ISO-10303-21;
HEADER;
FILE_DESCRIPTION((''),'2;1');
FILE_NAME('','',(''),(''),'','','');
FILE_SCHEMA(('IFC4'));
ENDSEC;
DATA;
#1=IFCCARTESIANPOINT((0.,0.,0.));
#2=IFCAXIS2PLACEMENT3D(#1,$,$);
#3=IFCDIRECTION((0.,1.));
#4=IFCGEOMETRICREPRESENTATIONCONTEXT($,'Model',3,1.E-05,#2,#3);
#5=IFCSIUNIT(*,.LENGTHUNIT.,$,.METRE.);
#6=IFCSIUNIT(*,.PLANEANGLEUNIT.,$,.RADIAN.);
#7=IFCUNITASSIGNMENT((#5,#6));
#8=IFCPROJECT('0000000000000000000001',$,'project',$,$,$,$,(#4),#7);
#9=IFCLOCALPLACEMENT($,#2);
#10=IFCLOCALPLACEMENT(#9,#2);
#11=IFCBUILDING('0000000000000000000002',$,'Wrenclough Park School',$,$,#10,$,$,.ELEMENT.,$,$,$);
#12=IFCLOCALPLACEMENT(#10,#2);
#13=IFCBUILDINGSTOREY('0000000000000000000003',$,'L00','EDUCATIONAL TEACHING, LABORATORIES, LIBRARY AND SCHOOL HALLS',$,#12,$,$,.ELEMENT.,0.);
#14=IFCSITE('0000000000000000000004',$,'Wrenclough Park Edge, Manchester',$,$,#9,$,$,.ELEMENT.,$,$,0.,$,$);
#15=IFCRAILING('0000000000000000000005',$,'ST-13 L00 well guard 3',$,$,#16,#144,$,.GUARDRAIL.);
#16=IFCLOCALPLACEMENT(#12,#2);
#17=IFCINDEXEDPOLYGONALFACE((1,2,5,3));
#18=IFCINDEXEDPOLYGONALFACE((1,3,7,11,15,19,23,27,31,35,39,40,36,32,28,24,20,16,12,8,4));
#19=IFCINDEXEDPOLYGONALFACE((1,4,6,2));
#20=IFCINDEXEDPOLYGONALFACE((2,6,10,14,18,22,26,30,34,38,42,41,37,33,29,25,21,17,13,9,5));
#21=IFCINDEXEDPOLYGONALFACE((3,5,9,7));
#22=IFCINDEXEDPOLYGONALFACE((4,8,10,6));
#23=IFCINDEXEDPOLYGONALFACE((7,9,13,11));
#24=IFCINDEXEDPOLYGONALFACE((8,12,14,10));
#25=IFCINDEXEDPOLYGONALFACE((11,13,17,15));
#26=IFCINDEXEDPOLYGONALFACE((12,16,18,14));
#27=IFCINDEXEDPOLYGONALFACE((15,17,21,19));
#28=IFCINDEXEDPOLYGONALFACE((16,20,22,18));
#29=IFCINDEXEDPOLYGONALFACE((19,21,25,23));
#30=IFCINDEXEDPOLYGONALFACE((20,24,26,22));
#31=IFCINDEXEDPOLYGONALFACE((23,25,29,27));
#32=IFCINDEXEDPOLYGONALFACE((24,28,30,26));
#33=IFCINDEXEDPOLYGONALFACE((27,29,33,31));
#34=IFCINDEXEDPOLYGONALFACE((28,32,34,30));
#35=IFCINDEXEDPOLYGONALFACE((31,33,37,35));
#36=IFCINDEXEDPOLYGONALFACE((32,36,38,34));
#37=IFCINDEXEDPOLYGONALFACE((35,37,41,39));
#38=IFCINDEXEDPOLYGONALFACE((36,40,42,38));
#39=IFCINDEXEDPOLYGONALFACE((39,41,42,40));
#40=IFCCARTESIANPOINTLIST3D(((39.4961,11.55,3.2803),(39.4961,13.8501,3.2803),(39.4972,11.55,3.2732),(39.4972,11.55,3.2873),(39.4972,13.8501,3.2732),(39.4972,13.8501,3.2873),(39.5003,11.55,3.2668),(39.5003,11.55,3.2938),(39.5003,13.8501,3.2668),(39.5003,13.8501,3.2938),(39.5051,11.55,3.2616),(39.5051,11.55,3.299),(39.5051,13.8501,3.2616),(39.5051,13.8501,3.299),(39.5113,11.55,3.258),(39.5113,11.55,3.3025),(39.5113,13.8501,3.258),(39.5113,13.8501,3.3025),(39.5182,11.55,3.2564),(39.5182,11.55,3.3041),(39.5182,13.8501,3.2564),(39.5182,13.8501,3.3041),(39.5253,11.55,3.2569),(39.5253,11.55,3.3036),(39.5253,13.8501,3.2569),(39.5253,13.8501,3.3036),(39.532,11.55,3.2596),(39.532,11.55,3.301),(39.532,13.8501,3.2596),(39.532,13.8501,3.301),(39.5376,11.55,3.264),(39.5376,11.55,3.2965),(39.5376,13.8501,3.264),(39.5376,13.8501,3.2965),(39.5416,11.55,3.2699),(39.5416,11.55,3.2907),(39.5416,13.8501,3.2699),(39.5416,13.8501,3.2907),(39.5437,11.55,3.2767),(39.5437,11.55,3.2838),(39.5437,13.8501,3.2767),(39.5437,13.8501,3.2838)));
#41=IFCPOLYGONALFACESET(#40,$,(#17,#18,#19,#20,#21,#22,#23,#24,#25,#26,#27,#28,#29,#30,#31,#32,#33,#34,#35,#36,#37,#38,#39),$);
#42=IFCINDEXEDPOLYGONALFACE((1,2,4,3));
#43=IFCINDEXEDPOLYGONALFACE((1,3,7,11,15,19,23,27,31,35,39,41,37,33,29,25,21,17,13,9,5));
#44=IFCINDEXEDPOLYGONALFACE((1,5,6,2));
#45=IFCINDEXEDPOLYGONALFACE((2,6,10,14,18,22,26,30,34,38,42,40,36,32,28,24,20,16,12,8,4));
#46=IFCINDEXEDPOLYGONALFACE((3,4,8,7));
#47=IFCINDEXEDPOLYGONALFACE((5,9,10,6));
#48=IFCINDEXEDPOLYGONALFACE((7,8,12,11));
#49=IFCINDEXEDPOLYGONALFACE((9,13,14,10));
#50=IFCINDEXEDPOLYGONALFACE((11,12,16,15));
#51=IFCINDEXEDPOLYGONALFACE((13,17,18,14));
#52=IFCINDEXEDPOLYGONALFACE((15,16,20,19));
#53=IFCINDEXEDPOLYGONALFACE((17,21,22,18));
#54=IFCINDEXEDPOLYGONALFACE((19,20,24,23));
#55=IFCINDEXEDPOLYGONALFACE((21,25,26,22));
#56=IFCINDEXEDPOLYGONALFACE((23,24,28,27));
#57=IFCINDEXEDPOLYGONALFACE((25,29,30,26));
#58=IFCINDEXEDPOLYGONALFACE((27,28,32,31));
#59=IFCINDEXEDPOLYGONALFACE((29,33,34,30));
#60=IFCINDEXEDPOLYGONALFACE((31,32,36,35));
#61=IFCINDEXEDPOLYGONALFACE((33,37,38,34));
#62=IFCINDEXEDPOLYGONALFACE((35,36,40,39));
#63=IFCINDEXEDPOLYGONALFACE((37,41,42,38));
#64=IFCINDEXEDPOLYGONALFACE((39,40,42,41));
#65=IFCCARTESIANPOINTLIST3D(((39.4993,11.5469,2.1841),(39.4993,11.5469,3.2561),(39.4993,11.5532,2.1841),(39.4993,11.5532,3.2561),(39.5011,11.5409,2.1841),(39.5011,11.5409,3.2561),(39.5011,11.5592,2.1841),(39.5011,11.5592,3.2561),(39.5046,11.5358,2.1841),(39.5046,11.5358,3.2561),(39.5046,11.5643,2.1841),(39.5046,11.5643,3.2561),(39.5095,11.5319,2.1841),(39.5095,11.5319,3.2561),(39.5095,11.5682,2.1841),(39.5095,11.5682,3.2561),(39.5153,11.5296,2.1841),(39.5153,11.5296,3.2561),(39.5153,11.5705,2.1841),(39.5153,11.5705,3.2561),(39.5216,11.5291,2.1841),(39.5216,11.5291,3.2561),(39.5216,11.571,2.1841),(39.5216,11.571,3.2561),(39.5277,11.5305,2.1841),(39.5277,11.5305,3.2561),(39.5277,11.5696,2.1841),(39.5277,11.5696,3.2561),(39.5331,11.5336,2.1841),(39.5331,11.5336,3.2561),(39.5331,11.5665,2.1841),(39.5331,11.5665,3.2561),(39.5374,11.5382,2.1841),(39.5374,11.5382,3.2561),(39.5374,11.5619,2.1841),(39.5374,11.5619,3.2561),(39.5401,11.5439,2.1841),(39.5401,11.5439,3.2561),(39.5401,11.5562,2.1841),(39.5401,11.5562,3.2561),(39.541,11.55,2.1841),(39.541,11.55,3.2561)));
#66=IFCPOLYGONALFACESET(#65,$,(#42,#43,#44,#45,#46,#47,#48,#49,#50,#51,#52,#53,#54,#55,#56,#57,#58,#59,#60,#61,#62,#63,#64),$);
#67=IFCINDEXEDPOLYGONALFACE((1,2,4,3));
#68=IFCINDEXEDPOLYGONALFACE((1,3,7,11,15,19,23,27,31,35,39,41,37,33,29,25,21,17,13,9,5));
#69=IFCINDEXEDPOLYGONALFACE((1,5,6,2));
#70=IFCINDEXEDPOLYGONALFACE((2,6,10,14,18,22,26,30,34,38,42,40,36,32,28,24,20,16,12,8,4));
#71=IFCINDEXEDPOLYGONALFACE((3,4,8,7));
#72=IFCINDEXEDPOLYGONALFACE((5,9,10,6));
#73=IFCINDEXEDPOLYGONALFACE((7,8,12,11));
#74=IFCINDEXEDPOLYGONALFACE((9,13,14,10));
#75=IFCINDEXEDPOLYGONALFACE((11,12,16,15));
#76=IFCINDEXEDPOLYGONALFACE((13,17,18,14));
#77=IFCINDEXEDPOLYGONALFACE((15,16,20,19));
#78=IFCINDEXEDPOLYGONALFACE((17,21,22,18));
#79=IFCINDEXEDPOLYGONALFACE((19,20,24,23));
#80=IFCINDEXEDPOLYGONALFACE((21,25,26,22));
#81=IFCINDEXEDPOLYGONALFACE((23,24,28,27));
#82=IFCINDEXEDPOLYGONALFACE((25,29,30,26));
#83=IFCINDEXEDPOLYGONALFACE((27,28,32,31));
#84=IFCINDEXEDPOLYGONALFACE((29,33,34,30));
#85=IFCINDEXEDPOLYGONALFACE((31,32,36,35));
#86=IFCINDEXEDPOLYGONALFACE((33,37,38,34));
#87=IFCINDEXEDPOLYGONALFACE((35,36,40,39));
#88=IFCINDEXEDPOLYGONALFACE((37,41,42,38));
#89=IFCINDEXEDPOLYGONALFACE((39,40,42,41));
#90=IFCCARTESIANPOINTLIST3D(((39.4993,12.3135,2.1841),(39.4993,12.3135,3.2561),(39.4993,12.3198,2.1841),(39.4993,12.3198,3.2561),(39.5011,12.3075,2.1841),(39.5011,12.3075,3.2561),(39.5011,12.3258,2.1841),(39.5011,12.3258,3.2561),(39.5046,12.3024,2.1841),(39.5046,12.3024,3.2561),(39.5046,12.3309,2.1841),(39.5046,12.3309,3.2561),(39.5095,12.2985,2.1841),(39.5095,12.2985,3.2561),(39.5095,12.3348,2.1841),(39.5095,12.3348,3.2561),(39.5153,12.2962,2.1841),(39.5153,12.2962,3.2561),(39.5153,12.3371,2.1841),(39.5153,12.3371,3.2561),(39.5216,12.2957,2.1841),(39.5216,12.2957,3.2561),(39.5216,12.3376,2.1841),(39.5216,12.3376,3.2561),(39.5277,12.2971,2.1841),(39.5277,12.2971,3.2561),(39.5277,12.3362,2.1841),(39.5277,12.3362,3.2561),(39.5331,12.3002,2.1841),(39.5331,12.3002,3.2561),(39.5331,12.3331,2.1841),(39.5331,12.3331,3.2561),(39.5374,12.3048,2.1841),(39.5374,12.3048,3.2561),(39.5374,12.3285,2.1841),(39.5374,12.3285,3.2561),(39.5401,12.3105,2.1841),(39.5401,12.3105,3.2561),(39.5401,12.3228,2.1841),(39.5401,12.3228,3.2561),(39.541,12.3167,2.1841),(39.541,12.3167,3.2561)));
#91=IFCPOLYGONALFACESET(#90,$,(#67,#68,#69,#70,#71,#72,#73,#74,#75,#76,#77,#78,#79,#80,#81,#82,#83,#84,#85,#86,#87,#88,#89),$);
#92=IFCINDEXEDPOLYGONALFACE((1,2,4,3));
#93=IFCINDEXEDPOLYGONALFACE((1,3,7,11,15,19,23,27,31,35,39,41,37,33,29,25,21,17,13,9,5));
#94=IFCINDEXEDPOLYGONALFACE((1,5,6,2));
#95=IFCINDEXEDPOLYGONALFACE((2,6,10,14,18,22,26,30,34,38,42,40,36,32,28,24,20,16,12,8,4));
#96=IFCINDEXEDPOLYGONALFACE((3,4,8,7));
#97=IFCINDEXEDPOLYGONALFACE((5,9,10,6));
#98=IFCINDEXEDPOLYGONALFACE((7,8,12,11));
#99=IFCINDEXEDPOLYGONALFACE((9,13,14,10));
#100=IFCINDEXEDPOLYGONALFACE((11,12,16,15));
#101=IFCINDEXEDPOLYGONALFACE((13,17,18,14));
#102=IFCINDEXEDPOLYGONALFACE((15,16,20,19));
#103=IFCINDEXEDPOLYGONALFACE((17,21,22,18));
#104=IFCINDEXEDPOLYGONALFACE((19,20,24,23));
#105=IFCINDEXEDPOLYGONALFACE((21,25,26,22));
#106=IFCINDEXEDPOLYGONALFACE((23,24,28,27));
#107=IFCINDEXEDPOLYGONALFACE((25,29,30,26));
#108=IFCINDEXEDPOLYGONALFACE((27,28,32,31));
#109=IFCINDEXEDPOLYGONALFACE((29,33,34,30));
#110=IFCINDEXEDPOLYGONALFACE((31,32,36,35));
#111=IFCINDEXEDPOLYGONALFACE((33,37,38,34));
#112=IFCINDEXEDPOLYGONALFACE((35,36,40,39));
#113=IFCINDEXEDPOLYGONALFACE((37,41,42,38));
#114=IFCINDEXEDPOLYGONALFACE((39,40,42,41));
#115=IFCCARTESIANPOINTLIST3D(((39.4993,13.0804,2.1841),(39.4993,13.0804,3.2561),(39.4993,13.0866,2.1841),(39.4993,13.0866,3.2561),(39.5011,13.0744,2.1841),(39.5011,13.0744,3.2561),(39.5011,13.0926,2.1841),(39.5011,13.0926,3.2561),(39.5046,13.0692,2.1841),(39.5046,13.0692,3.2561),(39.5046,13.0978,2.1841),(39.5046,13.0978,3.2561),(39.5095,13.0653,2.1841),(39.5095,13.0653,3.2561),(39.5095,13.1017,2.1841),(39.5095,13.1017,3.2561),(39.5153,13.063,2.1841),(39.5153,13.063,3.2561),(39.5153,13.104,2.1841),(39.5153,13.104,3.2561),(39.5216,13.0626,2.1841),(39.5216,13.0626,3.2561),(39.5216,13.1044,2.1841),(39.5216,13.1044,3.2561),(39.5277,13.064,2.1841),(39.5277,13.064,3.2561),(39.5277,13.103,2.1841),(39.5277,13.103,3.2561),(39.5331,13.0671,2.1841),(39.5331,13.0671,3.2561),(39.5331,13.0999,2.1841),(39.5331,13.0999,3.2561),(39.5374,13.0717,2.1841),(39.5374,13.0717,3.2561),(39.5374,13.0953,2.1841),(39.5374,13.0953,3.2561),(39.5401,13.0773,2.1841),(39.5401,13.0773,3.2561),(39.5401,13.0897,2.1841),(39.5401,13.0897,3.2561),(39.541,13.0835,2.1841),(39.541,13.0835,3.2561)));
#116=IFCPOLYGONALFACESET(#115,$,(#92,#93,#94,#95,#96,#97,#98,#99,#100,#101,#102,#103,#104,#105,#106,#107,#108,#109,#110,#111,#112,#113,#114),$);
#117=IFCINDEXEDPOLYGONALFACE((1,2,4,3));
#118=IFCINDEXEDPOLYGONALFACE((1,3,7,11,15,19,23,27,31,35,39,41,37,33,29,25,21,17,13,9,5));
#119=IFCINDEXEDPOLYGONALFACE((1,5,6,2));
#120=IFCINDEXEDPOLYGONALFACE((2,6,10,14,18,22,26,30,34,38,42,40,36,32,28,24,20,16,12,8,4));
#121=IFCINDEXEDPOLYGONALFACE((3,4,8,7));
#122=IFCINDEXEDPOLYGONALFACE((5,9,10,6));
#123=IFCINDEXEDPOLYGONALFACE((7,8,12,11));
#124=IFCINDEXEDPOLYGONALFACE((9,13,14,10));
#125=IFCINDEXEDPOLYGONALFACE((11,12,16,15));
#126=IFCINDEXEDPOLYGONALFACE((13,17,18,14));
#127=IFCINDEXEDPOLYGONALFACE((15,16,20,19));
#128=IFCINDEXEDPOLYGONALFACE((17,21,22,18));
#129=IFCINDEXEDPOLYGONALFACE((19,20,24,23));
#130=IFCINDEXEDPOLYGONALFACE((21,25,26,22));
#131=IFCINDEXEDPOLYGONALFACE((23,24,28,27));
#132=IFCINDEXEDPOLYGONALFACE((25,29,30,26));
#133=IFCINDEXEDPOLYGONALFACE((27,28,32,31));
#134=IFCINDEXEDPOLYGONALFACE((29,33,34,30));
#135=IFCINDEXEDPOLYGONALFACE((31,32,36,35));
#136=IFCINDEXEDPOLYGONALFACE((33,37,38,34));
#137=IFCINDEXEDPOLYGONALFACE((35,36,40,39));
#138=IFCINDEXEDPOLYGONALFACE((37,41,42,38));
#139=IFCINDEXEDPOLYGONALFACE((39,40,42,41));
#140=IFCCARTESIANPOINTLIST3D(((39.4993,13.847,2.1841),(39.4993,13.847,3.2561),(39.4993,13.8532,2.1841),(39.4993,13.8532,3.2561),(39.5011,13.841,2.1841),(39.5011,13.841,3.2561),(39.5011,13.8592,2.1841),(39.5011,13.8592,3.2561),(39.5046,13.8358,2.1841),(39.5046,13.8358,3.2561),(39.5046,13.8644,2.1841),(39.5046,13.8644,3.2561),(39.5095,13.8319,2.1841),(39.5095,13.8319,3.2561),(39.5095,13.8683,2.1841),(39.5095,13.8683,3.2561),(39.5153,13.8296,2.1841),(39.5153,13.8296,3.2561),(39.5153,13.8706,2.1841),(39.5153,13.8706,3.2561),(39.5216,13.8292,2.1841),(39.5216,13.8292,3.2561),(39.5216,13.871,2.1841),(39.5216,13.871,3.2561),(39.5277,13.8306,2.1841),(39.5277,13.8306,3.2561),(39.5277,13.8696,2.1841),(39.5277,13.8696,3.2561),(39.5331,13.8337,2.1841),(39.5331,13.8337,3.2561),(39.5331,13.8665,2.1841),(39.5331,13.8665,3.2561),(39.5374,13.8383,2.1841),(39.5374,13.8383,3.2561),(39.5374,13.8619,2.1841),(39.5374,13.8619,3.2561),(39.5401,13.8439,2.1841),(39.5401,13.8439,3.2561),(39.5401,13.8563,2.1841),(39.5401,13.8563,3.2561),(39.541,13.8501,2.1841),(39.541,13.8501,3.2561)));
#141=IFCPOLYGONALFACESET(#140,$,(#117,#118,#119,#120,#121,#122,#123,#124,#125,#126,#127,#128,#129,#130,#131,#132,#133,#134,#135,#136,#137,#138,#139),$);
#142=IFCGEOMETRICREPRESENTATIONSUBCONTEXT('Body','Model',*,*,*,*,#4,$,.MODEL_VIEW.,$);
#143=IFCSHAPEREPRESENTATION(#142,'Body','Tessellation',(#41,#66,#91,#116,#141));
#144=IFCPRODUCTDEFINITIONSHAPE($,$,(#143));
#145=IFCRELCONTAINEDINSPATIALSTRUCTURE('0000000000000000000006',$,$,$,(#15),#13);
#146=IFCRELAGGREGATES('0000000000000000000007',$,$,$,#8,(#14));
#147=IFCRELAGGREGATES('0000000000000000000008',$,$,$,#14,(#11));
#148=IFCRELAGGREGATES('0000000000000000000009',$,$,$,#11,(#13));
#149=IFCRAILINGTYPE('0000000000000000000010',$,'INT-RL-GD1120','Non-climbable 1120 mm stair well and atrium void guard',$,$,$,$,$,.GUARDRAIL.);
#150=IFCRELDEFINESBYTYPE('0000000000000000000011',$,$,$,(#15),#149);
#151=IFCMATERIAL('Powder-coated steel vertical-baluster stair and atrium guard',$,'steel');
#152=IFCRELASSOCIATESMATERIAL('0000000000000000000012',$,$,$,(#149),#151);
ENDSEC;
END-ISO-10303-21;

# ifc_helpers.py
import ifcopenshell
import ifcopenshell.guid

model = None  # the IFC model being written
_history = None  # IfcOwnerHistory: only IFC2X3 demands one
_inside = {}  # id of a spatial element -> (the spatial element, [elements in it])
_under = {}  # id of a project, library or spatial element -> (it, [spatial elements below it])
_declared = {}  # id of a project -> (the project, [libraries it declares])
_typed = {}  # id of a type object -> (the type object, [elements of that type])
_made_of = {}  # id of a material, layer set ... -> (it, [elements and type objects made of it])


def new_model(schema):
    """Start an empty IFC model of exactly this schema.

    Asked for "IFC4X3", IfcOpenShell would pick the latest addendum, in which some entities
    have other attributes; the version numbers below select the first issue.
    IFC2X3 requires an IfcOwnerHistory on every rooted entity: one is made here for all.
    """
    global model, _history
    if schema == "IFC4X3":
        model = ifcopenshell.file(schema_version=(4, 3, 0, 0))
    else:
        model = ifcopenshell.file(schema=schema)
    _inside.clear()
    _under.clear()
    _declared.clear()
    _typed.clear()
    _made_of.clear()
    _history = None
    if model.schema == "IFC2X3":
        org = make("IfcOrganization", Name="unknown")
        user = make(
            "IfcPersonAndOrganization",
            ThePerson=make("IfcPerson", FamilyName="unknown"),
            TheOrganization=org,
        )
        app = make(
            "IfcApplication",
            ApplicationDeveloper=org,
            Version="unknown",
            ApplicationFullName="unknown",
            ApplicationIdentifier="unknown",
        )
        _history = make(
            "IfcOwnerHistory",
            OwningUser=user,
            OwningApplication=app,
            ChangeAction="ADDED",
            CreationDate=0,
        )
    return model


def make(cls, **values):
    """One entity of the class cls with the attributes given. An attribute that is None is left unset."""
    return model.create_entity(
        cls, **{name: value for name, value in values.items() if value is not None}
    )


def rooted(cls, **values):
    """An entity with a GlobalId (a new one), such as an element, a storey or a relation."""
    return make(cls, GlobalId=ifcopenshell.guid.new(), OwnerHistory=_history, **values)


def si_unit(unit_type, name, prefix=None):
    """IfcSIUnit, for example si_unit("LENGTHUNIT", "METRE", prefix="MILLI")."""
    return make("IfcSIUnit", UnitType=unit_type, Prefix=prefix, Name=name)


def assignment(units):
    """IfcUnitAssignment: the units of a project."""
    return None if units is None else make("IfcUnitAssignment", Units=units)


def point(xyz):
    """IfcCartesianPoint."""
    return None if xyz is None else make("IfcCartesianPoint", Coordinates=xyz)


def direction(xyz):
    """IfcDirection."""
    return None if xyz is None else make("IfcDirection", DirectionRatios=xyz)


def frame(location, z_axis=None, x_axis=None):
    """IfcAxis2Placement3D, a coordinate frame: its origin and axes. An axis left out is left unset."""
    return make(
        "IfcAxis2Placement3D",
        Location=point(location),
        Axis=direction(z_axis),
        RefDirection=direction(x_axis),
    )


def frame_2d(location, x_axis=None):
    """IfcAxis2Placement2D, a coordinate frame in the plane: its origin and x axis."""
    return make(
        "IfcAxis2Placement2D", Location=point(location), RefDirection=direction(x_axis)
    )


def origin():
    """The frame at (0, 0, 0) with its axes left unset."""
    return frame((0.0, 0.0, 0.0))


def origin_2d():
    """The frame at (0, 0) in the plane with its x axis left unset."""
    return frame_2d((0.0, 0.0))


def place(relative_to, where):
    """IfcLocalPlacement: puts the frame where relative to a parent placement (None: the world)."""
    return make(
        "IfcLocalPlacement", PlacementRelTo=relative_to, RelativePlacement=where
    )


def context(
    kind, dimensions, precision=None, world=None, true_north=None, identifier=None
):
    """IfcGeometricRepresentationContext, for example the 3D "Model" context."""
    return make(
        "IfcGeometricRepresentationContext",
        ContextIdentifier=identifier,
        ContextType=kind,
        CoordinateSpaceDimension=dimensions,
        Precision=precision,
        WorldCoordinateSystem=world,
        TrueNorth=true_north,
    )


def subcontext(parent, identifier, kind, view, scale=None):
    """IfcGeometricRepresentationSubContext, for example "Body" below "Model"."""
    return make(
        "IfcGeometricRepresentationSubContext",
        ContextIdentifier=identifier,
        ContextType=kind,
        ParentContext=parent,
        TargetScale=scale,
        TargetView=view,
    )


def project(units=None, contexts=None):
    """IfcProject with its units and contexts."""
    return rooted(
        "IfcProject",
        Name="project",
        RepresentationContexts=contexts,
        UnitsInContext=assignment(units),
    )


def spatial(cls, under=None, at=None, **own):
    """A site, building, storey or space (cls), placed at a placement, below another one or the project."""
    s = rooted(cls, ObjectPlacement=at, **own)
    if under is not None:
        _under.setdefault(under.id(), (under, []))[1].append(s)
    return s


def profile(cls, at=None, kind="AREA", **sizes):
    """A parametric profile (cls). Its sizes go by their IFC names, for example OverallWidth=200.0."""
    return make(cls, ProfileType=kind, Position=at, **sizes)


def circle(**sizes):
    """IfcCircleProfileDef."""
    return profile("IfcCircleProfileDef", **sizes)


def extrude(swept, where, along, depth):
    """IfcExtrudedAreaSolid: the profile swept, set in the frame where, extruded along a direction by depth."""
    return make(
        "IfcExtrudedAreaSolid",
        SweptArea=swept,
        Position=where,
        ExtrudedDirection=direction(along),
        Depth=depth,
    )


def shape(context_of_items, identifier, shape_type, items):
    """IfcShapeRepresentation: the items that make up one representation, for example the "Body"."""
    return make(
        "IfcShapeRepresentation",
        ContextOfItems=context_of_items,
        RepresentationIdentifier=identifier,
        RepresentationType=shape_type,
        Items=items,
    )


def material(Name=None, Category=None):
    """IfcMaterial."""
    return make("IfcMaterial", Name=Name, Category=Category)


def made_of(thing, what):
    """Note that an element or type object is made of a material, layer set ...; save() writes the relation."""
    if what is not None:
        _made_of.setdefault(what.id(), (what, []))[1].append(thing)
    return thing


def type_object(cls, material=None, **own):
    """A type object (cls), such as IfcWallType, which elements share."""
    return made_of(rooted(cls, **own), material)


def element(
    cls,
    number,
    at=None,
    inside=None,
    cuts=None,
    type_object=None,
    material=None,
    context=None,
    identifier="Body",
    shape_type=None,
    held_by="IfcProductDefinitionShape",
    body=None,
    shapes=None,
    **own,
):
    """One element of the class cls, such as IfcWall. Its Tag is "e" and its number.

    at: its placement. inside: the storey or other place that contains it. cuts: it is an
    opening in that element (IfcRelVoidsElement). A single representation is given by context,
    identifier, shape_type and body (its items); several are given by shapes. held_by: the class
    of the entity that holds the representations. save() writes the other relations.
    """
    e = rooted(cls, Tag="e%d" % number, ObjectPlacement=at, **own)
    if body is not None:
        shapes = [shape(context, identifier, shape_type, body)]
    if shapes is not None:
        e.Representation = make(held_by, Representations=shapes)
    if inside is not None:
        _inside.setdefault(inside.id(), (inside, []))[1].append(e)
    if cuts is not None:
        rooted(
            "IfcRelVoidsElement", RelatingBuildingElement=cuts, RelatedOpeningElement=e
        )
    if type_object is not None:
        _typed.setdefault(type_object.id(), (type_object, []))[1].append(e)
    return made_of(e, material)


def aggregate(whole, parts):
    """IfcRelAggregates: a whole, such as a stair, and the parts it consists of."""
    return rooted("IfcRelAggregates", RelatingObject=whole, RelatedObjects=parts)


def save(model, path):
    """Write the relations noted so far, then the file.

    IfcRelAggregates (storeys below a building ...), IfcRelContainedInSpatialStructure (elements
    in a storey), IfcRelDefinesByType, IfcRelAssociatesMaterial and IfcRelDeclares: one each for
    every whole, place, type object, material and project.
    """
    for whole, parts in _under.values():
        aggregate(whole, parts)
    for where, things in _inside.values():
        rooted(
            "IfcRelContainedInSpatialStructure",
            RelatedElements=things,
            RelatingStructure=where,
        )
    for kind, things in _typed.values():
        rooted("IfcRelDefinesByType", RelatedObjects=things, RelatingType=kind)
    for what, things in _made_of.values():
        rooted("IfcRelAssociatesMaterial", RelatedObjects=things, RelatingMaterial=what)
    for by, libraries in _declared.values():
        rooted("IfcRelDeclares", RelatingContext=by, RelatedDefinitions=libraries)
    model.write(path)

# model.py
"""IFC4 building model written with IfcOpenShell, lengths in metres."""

from ifc_helpers import new_model, si_unit, direction, frame, origin, origin_2d, place, context, subcontext, project, spatial, circle, extrude, material, type_object, element, save


model = new_model("IFC4")

# Units and contexts
model_context = context("Model", 3, precision=1e-05, world=origin(), true_north=direction((0.0, 1.0)))
body_context = subcontext(model_context, "Body", "Model", "MODEL_VIEW")
ifc_project = project(units=[si_unit("LENGTHUNIT", "METRE"), si_unit("PLANEANGLEUNIT", "RADIAN")], contexts=[model_context])

# Site, building, storey
site_placement = place(None, origin())
site = spatial("IfcSite", under=ifc_project, at=site_placement, Name="Wrenclough Park Edge, Manchester", CompositionType="ELEMENT", RefElevation=0.0)
building_placement = place(site_placement, origin())
building = spatial("IfcBuilding", under=site, at=building_placement, Name="Wrenclough Park School", CompositionType="ELEMENT")
storey_placement = place(building_placement, origin())
storey = spatial("IfcBuildingStorey", under=building, at=storey_placement, Name="L00", Description="EDUCATIONAL TEACHING, LABORATORIES, LIBRARY AND SCHOOL HALLS", CompositionType="ELEMENT", Elevation=0.0)

# Railing
ifc_material_1 = material(Name="Powder-coated steel vertical-baluster stair and atrium guard", Category="steel")
railing_type_1 = type_object("IfcRailingType", Name="INT-RL-GD1120", Description="Non-climbable 1120 mm stair well and atrium void guard", PredefinedType="GUARDRAIL", material=ifc_material_1)
railing_1_placement = place(storey_placement, frame((39.52, 11.55, 2.1841)))
element("IfcRailing", 1, at=railing_1_placement, inside=storey, type_object=railing_type_1, Name="ST-13 L00 well guard 3", PredefinedType="GUARDRAIL", context=body_context, shape_type="SweptSolid", body=[
    extrude(circle(Radius=0.0239, at=origin_2d()), frame((0.0, 0.0, 1.0962), z_axis=(0.0, 1.0, 0.0), x_axis=(-1.0, 0.0, 0.0)), (0.0, 0.0, 1.0), 2.3),
    extrude(circle(Radius=0.021, at=origin_2d()), origin(), (0.0, 0.0, 1.0), 1.072),
    extrude(circle(Radius=0.021, at=origin_2d()), frame((0.0, 0.7666, 0.0)), (0.0, 0.0, 1.0), 1.072),
    extrude(circle(Radius=0.021, at=origin_2d()), frame((0.0, 1.5334, 0.0)), (0.0, 0.0, 1.0), 1.072),
    extrude(circle(Radius=0.021, at=origin_2d()), frame((0.0, 2.3, 0.0)), (0.0, 0.0, 1.0), 1.072),
])

save(model, "model.ifc")
